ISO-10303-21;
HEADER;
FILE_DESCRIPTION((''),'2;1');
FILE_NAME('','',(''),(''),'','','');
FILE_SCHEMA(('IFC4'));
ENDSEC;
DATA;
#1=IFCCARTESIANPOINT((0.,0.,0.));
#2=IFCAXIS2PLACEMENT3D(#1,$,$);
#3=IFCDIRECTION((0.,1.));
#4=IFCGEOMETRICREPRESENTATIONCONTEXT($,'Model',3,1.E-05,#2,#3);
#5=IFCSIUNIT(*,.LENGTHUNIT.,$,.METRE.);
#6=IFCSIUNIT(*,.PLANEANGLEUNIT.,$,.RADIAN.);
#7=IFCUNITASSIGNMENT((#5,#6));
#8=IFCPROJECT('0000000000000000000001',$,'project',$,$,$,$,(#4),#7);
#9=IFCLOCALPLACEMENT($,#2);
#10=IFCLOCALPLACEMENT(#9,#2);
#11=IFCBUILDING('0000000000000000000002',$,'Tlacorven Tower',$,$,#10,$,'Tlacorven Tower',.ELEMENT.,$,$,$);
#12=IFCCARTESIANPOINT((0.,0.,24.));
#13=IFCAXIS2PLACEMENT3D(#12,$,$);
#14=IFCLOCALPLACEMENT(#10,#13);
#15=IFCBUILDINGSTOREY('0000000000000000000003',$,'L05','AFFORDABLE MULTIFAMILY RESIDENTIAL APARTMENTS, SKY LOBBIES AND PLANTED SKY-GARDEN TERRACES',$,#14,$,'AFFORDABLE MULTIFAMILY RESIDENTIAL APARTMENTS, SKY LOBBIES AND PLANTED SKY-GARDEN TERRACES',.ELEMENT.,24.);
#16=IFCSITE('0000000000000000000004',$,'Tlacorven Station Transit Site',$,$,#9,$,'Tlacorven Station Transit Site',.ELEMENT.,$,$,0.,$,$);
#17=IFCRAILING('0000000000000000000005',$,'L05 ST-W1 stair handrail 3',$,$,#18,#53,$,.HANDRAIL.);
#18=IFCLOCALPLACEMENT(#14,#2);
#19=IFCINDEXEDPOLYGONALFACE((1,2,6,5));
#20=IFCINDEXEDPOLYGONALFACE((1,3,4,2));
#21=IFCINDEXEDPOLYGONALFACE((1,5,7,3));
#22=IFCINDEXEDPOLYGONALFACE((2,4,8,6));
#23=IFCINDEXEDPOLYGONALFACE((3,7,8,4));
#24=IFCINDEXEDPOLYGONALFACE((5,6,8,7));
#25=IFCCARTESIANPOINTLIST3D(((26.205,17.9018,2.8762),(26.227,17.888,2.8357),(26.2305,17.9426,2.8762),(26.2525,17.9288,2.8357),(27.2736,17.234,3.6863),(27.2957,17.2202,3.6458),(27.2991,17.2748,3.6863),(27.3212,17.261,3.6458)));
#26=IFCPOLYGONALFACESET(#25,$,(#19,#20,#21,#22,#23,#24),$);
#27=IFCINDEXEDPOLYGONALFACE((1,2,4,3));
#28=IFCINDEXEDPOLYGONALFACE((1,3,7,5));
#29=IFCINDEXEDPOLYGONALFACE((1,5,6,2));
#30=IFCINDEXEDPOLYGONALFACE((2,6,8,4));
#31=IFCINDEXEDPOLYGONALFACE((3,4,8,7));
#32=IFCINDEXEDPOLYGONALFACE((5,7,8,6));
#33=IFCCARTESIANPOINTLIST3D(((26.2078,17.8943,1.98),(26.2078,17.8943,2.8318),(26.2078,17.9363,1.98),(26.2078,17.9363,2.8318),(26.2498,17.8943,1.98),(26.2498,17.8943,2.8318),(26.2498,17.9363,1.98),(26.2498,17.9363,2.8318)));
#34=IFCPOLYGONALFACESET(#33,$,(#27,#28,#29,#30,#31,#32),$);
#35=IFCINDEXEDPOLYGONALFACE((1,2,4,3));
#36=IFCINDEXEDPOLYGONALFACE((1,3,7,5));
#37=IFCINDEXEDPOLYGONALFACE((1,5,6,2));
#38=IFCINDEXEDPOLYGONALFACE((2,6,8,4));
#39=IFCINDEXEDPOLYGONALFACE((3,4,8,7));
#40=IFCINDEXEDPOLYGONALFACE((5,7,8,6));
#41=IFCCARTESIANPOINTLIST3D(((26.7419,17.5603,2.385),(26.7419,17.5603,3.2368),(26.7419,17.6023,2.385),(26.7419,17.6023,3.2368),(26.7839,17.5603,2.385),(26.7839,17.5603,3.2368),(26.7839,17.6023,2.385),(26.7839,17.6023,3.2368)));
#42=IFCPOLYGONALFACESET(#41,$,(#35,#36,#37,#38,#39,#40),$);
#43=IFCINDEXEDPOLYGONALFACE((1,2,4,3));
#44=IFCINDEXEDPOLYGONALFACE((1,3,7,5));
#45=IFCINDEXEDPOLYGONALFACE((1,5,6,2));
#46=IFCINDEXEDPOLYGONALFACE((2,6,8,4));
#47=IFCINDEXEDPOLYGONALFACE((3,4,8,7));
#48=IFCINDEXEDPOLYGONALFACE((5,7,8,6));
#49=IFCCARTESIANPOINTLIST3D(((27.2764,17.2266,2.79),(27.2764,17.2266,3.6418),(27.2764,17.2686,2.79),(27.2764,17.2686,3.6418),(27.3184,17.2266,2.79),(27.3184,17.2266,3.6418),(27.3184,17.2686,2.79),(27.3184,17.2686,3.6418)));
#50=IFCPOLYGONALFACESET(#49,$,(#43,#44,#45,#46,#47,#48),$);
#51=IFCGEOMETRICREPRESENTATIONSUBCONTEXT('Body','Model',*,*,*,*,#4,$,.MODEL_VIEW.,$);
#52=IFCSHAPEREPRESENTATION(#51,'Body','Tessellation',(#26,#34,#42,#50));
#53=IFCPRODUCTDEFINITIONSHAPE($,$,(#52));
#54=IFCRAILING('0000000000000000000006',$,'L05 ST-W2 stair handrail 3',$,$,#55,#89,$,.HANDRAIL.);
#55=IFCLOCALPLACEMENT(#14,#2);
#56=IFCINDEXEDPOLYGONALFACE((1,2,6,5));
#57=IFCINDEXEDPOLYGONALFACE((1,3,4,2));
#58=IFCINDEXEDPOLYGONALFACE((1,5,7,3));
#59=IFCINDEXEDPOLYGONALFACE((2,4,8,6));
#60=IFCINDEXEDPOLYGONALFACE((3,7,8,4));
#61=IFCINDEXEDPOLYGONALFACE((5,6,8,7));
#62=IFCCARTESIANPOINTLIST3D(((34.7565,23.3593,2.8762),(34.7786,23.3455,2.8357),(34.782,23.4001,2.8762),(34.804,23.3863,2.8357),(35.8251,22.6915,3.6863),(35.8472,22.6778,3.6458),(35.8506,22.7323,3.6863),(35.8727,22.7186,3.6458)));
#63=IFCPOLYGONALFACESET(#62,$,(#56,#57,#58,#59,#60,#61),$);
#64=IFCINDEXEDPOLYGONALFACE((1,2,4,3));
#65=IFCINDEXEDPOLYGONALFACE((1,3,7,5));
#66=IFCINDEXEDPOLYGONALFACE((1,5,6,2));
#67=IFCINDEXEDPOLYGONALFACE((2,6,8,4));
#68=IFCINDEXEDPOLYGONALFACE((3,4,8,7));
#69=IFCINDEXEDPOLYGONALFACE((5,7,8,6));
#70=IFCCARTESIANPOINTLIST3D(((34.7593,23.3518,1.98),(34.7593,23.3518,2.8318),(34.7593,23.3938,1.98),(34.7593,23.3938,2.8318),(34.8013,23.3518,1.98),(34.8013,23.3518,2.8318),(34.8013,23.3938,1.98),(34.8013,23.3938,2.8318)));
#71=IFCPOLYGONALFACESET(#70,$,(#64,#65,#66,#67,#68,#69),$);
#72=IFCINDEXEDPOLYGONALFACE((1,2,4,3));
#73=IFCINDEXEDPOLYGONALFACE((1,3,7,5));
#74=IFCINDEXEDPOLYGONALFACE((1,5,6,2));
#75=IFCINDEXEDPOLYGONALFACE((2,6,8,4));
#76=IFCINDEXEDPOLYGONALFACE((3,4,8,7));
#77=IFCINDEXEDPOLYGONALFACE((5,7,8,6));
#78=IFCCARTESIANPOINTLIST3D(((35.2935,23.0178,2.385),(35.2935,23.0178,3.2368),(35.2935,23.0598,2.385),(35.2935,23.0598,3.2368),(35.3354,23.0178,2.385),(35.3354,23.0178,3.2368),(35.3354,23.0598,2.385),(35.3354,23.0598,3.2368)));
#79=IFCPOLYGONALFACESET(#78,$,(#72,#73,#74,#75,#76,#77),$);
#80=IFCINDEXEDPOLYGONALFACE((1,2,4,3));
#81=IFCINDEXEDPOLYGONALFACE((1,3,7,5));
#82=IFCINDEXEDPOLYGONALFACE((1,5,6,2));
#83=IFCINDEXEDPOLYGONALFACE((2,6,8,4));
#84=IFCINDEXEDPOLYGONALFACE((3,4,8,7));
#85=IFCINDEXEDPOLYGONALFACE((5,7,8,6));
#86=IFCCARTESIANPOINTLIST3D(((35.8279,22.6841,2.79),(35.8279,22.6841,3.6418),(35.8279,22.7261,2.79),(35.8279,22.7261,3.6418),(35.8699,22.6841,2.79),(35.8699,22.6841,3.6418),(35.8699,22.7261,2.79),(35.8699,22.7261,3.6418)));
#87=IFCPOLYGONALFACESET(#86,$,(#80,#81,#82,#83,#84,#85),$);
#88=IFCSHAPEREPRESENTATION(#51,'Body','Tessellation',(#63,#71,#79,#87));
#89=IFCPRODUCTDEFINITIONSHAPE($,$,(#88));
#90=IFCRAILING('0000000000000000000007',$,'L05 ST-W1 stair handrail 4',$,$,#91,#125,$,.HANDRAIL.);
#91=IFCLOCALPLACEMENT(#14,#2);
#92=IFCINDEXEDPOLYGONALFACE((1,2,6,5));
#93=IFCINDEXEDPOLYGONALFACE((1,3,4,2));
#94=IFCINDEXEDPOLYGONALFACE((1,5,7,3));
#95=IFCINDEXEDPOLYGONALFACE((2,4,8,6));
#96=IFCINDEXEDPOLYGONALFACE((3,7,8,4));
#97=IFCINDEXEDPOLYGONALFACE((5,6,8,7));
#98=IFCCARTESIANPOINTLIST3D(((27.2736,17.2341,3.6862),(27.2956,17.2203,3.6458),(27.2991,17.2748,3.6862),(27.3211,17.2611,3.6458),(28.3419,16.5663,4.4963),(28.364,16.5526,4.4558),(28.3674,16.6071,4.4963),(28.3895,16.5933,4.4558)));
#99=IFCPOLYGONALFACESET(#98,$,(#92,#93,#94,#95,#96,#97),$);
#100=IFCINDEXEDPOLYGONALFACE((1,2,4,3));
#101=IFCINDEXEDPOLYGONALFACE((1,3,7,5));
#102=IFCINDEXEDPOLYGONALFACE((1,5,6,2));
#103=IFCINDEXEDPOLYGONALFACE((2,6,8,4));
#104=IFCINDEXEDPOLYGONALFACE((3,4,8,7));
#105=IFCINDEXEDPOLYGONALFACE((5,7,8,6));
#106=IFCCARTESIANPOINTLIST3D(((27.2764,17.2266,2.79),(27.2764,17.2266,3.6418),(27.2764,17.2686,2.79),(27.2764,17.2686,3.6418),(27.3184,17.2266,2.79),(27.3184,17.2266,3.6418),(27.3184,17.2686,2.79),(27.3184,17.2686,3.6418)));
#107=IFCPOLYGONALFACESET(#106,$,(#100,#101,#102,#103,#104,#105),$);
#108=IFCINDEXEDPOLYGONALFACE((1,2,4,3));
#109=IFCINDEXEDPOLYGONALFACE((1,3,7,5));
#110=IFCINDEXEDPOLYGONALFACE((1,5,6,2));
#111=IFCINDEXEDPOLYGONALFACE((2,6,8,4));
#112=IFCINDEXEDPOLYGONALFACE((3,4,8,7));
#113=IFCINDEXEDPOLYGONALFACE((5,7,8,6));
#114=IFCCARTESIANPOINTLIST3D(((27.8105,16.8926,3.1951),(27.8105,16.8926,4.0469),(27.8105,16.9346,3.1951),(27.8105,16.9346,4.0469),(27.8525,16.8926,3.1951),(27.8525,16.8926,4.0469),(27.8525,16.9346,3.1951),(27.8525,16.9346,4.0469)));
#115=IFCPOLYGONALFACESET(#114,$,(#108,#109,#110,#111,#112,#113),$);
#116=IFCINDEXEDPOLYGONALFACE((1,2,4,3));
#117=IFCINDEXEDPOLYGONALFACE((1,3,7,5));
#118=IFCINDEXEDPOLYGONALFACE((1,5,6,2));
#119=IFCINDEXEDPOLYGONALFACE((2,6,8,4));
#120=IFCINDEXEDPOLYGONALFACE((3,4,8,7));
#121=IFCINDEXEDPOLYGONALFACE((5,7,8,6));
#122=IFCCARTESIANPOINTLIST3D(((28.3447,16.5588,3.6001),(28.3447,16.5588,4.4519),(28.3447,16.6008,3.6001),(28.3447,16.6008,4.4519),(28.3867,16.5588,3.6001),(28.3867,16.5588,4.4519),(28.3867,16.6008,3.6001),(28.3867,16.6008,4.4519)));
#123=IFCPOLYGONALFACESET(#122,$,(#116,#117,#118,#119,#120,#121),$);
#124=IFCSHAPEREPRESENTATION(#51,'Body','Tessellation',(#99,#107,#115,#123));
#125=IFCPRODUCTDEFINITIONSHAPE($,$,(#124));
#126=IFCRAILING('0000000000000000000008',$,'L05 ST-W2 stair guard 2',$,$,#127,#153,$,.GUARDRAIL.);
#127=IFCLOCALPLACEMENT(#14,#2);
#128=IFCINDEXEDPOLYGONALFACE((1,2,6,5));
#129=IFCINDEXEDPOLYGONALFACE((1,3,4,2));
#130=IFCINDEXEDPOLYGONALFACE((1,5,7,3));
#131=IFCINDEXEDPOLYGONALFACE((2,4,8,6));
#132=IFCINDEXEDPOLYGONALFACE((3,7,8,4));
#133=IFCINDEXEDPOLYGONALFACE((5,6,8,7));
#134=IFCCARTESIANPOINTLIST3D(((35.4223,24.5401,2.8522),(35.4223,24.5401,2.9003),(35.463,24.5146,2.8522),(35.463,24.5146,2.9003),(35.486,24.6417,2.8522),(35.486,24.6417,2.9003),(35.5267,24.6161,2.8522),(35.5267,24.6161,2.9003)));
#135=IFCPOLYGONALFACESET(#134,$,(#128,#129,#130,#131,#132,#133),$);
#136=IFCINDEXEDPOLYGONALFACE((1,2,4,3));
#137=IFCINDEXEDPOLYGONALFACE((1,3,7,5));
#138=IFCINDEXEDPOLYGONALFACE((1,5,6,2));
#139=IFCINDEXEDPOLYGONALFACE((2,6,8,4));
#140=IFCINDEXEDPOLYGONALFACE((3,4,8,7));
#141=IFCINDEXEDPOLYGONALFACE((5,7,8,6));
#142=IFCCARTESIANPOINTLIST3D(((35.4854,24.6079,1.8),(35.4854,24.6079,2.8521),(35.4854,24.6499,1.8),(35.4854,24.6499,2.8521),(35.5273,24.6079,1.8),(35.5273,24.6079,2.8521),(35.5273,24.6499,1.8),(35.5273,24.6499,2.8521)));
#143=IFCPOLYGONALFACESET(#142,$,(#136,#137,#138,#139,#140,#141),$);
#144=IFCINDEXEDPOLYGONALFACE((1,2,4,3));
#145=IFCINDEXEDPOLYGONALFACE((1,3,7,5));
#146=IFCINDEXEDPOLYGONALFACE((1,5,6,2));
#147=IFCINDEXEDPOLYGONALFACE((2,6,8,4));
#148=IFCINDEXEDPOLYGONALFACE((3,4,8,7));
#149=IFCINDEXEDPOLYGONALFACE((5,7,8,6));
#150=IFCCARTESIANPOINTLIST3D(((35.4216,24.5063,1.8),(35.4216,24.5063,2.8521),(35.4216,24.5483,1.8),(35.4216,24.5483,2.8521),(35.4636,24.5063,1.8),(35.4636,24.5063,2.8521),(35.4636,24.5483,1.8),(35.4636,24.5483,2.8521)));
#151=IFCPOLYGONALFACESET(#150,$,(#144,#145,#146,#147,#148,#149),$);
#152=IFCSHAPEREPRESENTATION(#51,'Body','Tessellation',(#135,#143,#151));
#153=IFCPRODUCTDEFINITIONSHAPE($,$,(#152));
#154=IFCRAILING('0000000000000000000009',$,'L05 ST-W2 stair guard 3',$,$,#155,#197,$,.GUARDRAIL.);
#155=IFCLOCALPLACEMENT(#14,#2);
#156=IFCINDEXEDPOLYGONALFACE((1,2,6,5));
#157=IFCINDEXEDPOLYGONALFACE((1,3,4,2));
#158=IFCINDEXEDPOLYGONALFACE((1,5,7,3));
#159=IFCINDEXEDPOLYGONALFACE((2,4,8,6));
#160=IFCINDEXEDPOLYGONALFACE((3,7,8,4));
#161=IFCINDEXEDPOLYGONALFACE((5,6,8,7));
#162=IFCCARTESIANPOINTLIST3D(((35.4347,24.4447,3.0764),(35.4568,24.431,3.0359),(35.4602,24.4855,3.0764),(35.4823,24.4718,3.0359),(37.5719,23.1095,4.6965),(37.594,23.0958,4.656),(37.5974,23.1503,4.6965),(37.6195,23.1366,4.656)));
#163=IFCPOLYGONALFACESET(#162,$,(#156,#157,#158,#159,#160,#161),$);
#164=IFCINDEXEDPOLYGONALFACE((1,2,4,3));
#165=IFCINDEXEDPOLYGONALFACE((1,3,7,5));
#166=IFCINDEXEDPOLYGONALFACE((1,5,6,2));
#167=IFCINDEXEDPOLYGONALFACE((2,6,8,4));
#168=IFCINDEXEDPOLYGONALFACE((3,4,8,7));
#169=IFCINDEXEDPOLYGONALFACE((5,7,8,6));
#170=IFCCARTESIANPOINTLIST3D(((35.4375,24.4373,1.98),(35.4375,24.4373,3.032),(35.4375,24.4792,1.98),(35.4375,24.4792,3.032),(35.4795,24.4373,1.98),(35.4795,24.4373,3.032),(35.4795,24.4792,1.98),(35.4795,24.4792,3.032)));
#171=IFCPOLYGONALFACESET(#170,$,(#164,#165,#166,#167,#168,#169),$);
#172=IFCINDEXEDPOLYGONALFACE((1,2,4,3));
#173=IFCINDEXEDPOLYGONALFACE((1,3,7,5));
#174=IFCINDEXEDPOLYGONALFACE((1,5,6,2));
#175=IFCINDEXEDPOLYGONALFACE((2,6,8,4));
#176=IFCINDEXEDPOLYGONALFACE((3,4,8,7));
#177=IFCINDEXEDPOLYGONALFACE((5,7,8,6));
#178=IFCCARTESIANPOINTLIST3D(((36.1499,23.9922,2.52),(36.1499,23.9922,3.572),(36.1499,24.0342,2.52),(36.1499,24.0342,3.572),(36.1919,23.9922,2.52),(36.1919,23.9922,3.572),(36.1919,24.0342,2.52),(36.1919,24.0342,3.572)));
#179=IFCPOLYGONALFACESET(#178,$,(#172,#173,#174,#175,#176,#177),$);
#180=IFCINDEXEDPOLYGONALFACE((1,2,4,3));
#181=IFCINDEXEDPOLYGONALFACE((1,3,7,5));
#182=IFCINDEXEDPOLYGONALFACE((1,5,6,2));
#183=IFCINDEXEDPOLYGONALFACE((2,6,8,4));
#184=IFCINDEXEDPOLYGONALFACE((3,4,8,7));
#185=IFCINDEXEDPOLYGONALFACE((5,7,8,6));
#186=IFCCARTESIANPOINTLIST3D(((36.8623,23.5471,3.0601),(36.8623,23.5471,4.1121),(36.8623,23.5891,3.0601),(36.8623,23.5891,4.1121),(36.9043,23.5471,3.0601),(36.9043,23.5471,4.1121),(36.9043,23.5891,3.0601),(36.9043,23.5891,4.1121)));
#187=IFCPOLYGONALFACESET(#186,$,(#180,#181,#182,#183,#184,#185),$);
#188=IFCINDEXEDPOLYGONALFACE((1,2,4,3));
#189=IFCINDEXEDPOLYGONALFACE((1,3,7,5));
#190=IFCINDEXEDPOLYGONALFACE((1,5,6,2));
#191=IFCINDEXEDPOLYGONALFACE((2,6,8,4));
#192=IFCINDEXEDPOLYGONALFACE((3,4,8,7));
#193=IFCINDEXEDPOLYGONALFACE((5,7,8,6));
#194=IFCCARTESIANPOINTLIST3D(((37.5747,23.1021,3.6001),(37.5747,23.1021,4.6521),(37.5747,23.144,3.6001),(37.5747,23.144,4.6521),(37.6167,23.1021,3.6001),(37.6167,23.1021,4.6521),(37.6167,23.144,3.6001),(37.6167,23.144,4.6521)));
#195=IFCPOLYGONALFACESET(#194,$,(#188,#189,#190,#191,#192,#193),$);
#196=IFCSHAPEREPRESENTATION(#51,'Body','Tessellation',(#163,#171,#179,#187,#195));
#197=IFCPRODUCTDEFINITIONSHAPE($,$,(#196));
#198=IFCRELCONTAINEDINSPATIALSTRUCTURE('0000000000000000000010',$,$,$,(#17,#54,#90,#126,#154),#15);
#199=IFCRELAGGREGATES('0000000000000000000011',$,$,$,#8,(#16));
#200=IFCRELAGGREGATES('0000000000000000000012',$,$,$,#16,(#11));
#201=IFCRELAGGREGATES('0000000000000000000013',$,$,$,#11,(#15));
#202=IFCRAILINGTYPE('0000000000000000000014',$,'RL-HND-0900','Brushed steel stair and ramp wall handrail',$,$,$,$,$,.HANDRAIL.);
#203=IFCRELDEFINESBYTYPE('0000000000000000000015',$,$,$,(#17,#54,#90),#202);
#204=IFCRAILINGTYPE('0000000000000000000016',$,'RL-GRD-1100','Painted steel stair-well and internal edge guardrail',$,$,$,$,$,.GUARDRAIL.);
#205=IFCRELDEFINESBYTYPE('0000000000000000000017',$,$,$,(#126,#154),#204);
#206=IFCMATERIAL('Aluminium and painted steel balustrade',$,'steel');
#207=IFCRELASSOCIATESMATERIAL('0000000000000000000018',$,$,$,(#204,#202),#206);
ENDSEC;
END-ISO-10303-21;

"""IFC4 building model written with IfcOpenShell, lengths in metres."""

from ifc_helpers import new_model, si_unit, direction, frame, origin, origin_2d, place, context, subcontext, project, spatial, rectangle, extrude, source, transform, mapped, material, type_object, element, save


model = new_model("IFC4")

# Units and contexts
model_context = context("Model", 3, precision=1e-05, world=origin(), true_north=direction((0.0, 1.0)))
body_context = subcontext(model_context, "Body", "Model", "MODEL_VIEW")
ifc_project = project(units=[si_unit("LENGTHUNIT", "METRE"), si_unit("PLANEANGLEUNIT", "RADIAN")], contexts=[model_context])

# Site, building, storey
site_placement = place(None, origin())
site = spatial("IfcSite", under=ifc_project, at=site_placement, Name="Tlacorven Station Transit Site", LongName="Tlacorven Station Transit Site", CompositionType="ELEMENT", RefElevation=0.0)
building_placement = place(site_placement, origin())
building = spatial("IfcBuilding", under=site, at=building_placement, Name="Tlacorven Tower", LongName="Tlacorven Tower", CompositionType="ELEMENT")
storey_placement = place(building_placement, frame((0.0, 0.0, 24.0)))
storey = spatial("IfcBuildingStorey", under=building, at=storey_placement, Name="L05", Description="AFFORDABLE MULTIFAMILY RESIDENTIAL APARTMENTS, SKY LOBBIES AND PLANTED SKY-GARDEN TERRACES", LongName="AFFORDABLE MULTIFAMILY RESIDENTIAL APARTMENTS, SKY LOBBIES AND PLANTED SKY-GARDEN TERRACES", CompositionType="ELEMENT", Elevation=24.0)

# Railings
ifc_material_1 = material(Name="Aluminium and painted steel balustrade", Category="steel")
railing_type_1 = type_object("IfcRailingType", Name="RL-GRD-1100", Description="Painted steel stair-well and internal edge guardrail", PredefinedType="GUARDRAIL", material=ifc_material_1)
railing_type_2 = type_object("IfcRailingType", Name="RL-HND-0900", Description="Brushed steel stair and ramp wall handrail", PredefinedType="HANDRAIL", material=ifc_material_1)
shared_shape_1 = source(origin(), body_context, "Body", "SweptSolid", [
    extrude(rectangle(XDim=0.0481, YDim=0.0481, at=origin_2d()), frame((0.0, 0.0, 0.876), z_axis=(0.71336, -0.445748, 0.540765), x_axis=(0.529912, 0.848053, 0.0)), (0.0, 0.0, 1.0), 1.498),
    extrude(rectangle(XDim=0.042, YDim=0.042, at=origin_2d()), origin(), (0.0, 0.0, 1.0), 0.8518),
    extrude(rectangle(XDim=0.042, YDim=0.042, at=origin_2d()), frame((0.5342, -0.334, 0.405)), (0.0, 0.0, 1.0), 0.8518),
    extrude(rectangle(XDim=0.042, YDim=0.042, at=origin_2d()), frame((1.0686, -0.6677, 0.8101)), (0.0, 0.0, 1.0), 0.8518),
])
for number, where, name in (
    (1, (26.2288, 17.9153, 1.98), "L05 ST-W1 stair handrail 3"),
    (2, (34.7803, 23.3728, 1.98), "L05 ST-W2 stair handrail 3"),
):
    element("IfcRailing", number, at=place(storey_placement, frame(where)), inside=storey, type_object=railing_type_2, Name=name, PredefinedType="HANDRAIL", context=body_context, shape_type="MappedRepresentation", body=[
        mapped(shared_shape_1, transform((0.0, 0.0, 0.0), scale=1.0)),
    ])
shared_shape_2 = source(origin(), body_context, "Body", "SweptSolid", [
    extrude(rectangle(XDim=0.0481, YDim=0.0481, at=origin_2d()), frame((0.0, 0.0, 0.876), z_axis=(0.71328, -0.4458, 0.540828), x_axis=(0.529999, 0.847998, 0.0)), (0.0, 0.0, 1.0), 1.4978),
    extrude(rectangle(XDim=0.042, YDim=0.042, at=origin_2d()), origin(), (0.0, 0.0, 1.0), 0.8518),
    extrude(rectangle(XDim=0.042, YDim=0.042, at=origin_2d()), frame((0.5342, -0.334, 0.405)), (0.0, 0.0, 1.0), 0.8518),
    extrude(rectangle(XDim=0.042, YDim=0.042, at=origin_2d()), frame((1.0684, -0.6677, 0.8101)), (0.0, 0.0, 1.0), 0.8518),
])
railing_1_placement = place(storey_placement, frame((27.2974, 17.2476, 2.79)))
element("IfcRailing", 3, at=railing_1_placement, inside=storey, type_object=railing_type_2, Name="L05 ST-W1 stair handrail 4", PredefinedType="HANDRAIL", context=body_context, shape_type="MappedRepresentation", body=[
    mapped(shared_shape_2, transform((0.0, 0.0, 0.0), scale=1.0)),
])
shared_shape_3 = source(origin(), body_context, "Body", "SweptSolid", [
    extrude(rectangle(XDim=0.0481, YDim=0.0481, at=origin_2d()), frame((0.0, 0.0, 1.0762), z_axis=(-0.531462, -0.847082, 0.0), x_axis=(0.847082, -0.531462, 0.0)), (0.0, 0.0, 1.0), 0.1199),
    extrude(rectangle(XDim=0.042, YDim=0.042, at=origin_2d()), origin(), (0.0, 0.0, 1.0), 1.052),
    extrude(rectangle(XDim=0.042, YDim=0.042, at=origin_2d()), frame((-0.0637, -0.1016, 0.0)), (0.0, 0.0, 1.0), 1.052),
])
railing_2_placement = place(storey_placement, frame((35.5063, 24.6289, 1.8)))
element("IfcRailing", 4, at=railing_2_placement, inside=storey, type_object=railing_type_1, Name="L05 ST-W2 stair guard 2", PredefinedType="GUARDRAIL", context=body_context, shape_type="MappedRepresentation", body=[
    mapped(shared_shape_3, transform((0.0, 0.0, 0.0), scale=1.0)),
])
shared_shape_4 = source(origin(), body_context, "Body", "SweptSolid", [
    extrude(rectangle(XDim=0.0481, YDim=0.0481, at=origin_2d()), frame((0.0, 0.0, 1.0762), z_axis=(0.713386, -0.445683, 0.540784), x_axis=(0.529842, 0.848096, 0.0)), (0.0, 0.0, 1.0), 2.9958),
    extrude(rectangle(XDim=0.042, YDim=0.042, at=origin_2d()), origin(), (0.0, 0.0, 1.0), 1.052),
    extrude(rectangle(XDim=0.042, YDim=0.042, at=origin_2d()), frame((0.7124, -0.4451, 0.54)), (0.0, 0.0, 1.0), 1.052),
    extrude(rectangle(XDim=0.042, YDim=0.042, at=origin_2d()), frame((1.4248, -0.8901, 1.0801)), (0.0, 0.0, 1.0), 1.052),
    extrude(rectangle(XDim=0.042, YDim=0.042, at=origin_2d()), frame((2.1372, -1.3352, 1.6201)), (0.0, 0.0, 1.0), 1.052),
])
railing_3_placement = place(storey_placement, frame((35.4585, 24.4583, 1.98)))
element("IfcRailing", 5, at=railing_3_placement, inside=storey, type_object=railing_type_1, Name="L05 ST-W2 stair guard 3", PredefinedType="GUARDRAIL", context=body_context, shape_type="MappedRepresentation", body=[
    mapped(shared_shape_4, transform((0.0, 0.0, 0.0), scale=1.0)),
])

save(model, "model.ifc")
